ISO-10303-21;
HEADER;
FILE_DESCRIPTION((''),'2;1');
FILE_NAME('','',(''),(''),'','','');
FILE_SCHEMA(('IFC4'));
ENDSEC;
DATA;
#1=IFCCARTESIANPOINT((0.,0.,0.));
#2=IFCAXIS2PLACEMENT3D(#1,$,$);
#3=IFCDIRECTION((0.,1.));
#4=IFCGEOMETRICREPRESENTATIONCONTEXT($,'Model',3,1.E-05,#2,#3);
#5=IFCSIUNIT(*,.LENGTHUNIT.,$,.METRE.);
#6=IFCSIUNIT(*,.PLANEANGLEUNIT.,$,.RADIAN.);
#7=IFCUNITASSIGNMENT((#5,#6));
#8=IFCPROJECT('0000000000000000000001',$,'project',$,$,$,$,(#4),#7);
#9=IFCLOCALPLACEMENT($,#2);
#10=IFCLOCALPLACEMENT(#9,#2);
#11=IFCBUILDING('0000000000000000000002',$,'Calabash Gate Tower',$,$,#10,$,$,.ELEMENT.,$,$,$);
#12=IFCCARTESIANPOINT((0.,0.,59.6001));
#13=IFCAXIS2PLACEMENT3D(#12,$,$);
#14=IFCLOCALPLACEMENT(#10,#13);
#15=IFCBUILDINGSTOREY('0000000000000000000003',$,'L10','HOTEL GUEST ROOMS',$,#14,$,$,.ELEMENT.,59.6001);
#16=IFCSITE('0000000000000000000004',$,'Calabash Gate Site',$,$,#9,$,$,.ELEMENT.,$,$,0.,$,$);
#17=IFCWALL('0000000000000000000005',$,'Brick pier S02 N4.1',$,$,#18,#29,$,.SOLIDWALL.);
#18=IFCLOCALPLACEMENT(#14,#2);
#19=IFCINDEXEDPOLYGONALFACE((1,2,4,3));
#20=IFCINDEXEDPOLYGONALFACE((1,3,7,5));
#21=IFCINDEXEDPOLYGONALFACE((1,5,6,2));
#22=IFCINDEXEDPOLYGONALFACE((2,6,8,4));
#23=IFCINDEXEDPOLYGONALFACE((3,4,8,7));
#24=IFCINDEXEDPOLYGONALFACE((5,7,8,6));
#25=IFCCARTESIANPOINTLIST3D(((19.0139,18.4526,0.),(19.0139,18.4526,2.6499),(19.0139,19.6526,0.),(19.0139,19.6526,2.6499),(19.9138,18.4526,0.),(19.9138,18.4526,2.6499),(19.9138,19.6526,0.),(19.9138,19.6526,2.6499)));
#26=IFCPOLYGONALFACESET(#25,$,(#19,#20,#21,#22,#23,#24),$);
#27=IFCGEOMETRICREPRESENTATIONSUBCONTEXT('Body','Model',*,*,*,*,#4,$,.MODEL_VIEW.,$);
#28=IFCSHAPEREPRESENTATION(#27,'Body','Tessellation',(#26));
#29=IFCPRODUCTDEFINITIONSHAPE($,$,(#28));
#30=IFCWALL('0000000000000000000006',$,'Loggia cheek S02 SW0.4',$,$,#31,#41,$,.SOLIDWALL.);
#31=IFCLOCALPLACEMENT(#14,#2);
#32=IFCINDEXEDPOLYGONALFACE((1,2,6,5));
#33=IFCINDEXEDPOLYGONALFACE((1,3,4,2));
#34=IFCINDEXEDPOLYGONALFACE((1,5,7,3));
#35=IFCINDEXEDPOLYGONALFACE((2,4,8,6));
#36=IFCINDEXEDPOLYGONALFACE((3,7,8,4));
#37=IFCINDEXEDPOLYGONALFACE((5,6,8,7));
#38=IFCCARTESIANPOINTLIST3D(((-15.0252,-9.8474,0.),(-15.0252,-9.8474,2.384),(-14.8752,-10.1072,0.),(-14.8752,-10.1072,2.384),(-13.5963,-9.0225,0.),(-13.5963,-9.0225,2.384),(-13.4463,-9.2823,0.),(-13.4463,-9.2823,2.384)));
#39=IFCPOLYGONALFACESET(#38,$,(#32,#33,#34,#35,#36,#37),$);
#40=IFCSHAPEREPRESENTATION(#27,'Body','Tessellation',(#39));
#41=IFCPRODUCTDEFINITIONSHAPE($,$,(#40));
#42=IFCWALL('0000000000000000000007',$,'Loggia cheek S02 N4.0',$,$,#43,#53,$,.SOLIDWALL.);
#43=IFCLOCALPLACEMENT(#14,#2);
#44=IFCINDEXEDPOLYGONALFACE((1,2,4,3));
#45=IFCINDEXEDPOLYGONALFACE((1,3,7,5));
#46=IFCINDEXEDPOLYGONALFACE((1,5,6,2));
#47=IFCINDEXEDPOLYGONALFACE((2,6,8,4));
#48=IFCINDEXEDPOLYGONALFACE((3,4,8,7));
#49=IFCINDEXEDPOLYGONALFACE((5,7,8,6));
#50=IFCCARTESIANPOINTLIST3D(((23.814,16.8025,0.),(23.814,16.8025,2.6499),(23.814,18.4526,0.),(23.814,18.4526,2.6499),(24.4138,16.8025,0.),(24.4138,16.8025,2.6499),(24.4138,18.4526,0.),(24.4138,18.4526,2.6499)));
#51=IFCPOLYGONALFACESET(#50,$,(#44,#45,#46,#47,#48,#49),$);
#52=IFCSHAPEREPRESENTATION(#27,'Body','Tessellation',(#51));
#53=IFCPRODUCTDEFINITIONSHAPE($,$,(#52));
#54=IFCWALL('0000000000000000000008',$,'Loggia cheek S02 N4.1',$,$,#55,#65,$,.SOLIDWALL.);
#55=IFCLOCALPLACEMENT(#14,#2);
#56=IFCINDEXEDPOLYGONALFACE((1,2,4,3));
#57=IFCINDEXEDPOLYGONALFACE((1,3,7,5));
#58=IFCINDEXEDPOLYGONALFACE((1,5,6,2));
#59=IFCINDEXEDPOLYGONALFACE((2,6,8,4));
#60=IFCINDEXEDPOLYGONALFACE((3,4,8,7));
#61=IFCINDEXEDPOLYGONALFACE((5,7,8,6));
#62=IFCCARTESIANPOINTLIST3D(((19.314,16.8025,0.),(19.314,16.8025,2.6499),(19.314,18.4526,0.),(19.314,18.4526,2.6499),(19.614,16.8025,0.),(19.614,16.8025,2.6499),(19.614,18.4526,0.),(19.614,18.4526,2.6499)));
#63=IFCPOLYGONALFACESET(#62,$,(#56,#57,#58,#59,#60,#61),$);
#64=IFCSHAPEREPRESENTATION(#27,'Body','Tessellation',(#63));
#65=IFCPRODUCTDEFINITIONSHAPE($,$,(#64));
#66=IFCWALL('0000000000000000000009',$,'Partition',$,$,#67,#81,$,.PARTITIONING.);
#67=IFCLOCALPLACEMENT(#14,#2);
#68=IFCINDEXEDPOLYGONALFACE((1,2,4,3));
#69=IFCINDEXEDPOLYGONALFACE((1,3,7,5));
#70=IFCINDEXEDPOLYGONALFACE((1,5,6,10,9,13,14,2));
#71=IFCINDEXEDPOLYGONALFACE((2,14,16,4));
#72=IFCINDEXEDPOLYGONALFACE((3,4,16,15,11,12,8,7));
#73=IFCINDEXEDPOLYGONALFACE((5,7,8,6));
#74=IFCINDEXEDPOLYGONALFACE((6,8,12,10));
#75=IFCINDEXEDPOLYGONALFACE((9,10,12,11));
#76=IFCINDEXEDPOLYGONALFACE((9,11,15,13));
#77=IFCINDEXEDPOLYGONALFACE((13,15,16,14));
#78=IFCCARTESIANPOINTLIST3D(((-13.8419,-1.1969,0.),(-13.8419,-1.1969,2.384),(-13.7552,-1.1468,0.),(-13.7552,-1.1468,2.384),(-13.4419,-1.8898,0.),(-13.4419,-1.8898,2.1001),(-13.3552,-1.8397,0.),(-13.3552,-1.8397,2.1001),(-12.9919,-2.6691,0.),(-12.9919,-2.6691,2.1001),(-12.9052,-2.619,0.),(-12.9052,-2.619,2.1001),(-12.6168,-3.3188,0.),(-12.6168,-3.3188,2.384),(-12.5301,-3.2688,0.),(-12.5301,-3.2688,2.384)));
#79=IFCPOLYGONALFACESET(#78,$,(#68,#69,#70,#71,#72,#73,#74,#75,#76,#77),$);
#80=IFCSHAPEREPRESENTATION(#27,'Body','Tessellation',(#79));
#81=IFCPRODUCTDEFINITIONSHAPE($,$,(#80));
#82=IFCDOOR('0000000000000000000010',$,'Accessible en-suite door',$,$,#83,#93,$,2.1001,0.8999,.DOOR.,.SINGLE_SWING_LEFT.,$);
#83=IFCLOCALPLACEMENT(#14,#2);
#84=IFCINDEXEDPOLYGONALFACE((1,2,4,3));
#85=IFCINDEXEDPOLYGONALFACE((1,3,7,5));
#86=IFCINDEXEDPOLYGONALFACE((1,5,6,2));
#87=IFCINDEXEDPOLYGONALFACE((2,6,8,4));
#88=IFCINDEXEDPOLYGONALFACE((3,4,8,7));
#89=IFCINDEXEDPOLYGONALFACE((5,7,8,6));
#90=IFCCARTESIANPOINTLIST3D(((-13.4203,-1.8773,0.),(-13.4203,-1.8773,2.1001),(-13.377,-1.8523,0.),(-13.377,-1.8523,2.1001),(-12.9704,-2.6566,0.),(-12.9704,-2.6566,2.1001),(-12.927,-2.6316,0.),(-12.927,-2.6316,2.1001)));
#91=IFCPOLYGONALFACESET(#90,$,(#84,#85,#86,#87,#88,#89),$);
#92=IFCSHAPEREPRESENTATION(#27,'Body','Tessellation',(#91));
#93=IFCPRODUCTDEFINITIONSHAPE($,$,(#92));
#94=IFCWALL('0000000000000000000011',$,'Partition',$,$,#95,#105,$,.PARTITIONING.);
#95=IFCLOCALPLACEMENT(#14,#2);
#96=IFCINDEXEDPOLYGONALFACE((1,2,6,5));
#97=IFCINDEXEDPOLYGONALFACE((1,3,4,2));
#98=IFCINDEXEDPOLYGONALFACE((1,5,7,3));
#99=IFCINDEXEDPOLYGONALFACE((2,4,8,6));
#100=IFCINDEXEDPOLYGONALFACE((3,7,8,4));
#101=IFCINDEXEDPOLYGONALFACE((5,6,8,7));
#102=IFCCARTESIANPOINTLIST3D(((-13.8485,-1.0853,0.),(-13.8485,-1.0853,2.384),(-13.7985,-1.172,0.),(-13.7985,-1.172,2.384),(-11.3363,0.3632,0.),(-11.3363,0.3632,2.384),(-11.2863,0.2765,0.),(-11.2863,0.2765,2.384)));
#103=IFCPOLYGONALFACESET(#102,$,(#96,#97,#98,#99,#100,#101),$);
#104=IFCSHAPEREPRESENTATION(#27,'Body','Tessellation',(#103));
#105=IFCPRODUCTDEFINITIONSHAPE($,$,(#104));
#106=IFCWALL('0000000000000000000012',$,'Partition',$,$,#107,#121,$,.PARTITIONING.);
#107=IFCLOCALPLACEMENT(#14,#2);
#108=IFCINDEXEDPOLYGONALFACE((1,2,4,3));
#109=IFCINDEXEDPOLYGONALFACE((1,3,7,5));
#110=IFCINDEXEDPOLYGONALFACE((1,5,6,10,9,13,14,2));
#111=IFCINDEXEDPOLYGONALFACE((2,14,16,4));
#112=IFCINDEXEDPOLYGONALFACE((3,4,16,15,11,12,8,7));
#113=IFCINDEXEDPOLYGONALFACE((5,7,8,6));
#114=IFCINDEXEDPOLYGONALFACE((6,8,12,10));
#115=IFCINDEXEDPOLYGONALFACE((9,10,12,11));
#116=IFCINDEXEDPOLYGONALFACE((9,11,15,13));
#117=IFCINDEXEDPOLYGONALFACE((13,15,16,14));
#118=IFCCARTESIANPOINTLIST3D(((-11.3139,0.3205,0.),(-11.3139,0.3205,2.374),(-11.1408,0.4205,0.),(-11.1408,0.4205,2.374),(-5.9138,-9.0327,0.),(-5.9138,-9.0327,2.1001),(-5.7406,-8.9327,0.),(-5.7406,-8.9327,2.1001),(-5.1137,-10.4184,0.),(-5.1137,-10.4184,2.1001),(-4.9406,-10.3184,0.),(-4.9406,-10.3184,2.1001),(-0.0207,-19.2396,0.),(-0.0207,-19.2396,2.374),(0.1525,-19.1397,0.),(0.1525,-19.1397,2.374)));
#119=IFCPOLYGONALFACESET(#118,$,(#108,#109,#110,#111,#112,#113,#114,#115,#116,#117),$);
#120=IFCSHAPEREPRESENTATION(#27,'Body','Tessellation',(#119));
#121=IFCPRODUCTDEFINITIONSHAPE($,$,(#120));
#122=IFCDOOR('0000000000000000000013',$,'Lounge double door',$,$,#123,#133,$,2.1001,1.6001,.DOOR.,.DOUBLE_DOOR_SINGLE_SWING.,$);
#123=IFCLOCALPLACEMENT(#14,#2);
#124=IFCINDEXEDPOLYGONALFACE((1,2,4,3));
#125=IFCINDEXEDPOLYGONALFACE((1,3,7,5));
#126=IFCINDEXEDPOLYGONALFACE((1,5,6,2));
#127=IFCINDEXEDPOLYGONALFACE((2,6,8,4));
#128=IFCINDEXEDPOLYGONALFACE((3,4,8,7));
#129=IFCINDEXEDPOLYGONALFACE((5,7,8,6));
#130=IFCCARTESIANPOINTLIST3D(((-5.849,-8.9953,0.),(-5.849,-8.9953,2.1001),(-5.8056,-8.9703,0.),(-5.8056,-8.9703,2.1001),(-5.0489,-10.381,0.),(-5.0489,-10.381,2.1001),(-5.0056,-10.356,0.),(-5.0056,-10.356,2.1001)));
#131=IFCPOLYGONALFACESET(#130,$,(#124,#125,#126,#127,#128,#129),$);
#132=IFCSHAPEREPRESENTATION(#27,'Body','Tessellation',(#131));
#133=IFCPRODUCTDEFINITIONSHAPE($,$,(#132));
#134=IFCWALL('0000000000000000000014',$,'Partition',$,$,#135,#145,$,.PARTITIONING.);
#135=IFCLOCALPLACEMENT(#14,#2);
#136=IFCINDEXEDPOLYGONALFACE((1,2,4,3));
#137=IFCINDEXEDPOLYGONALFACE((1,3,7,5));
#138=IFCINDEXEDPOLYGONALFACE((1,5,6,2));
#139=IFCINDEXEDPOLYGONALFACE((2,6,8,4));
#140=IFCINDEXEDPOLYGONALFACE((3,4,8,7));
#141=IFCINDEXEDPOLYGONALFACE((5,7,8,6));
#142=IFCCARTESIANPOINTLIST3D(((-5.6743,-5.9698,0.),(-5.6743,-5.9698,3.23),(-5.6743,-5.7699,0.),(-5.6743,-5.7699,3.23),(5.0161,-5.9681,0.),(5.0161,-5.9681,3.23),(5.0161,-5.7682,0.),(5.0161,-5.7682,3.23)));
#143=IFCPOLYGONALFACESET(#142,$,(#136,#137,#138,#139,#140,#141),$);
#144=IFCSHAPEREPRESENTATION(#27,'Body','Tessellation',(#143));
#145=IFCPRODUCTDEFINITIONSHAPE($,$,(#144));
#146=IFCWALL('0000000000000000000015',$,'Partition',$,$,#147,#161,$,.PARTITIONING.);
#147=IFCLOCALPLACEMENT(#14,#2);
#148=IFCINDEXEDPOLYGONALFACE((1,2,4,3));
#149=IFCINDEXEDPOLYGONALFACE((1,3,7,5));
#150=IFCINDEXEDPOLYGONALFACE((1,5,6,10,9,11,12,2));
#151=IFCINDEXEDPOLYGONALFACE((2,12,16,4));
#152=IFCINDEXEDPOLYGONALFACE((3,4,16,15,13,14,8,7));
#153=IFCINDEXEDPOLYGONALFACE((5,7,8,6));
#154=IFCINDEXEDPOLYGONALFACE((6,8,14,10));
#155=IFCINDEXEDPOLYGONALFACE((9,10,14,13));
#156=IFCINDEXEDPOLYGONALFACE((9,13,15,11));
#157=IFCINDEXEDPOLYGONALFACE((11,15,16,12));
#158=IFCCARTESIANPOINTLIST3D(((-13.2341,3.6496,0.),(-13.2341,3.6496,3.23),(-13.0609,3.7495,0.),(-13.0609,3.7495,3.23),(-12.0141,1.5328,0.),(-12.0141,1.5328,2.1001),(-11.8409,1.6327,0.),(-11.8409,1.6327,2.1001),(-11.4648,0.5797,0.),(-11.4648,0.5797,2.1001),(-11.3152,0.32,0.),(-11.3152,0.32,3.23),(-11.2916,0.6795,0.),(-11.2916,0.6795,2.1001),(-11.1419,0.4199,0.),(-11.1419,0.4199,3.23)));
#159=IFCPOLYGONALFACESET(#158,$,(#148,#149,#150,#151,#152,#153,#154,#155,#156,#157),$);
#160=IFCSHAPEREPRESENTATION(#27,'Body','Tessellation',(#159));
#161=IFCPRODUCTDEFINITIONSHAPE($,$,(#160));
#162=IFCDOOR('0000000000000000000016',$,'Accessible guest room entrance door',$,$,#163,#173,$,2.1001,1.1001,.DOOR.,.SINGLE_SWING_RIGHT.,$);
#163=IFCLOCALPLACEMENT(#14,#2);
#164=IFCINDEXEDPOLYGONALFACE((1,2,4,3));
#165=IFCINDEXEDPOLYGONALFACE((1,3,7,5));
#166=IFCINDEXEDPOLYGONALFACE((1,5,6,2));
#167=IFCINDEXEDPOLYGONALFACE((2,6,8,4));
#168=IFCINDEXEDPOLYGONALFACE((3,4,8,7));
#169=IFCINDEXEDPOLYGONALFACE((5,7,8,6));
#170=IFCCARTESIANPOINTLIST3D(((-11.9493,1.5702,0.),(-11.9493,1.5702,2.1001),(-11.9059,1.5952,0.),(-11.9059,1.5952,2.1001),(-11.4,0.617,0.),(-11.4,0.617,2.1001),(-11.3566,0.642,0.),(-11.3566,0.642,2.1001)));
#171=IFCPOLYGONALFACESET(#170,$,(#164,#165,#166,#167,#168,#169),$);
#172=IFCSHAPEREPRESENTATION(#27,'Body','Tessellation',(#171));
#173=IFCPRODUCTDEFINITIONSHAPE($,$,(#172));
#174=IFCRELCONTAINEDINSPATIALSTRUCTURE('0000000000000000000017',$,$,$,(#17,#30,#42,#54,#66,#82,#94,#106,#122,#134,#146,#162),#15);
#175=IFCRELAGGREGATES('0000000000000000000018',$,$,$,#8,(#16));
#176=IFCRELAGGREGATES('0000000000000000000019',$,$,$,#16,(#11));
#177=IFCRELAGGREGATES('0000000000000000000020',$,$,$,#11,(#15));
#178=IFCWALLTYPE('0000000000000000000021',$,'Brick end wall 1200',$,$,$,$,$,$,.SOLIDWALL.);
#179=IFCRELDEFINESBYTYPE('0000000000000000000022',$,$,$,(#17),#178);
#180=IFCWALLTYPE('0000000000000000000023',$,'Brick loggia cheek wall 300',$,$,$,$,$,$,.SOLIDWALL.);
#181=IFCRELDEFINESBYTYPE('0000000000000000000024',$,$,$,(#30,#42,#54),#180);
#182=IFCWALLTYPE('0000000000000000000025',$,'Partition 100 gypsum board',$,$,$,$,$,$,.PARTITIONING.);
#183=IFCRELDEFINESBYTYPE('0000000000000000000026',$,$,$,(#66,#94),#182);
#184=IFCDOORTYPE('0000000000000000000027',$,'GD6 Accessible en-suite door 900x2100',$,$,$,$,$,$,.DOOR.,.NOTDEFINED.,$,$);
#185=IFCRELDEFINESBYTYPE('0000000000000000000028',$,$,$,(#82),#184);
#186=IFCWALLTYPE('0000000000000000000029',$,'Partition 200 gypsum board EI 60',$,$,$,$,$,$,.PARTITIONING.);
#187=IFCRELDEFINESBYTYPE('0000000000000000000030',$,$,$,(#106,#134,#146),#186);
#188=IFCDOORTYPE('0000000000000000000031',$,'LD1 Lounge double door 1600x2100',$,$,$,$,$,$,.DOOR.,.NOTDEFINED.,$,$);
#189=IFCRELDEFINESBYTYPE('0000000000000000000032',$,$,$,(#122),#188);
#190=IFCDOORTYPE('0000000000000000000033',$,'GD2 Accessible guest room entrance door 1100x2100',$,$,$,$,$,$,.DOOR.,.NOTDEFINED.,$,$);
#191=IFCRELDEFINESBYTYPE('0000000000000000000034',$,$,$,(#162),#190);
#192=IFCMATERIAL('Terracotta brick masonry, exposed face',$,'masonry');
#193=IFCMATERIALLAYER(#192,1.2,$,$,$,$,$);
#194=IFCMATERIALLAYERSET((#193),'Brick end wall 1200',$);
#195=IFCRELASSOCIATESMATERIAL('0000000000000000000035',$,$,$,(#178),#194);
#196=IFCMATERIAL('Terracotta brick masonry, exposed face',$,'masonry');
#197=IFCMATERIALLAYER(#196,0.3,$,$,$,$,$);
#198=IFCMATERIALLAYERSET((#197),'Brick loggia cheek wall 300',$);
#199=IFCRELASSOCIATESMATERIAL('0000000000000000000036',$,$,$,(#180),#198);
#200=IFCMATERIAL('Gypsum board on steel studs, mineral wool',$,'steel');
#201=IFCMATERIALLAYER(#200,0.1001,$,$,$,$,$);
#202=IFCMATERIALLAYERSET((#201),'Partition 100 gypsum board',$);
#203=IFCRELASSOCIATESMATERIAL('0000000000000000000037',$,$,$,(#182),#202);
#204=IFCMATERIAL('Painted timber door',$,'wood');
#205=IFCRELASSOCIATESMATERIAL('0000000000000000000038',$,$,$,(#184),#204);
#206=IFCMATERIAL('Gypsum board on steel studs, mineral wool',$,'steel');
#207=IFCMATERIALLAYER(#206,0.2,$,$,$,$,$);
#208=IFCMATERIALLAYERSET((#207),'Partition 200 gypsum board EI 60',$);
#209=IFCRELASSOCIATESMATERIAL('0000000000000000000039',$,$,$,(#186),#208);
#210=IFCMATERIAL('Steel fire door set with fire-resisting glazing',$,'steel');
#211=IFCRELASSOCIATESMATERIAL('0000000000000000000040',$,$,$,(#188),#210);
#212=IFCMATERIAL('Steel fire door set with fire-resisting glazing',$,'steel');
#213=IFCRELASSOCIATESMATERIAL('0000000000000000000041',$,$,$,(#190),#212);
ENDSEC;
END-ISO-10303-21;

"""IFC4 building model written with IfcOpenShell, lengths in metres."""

from ifc_helpers import new_model, si_unit, direction, frame, frame_2d, origin, place, context, subcontext, project, spatial, polyline, rectangle, outline, extrude, material, layer, layer_set, type_object, element, fill, save


model = new_model("IFC4")

# Units and contexts
model_context = context("Model", 3, precision=1e-05, world=origin(), true_north=direction((0.0, 1.0)))
body_context = subcontext(model_context, "Body", "Model", "MODEL_VIEW")
ifc_project = project(units=[si_unit("LENGTHUNIT", "METRE"), si_unit("PLANEANGLEUNIT", "RADIAN")], contexts=[model_context])

# Site, building, storey
site_placement = place(None, origin())
site = spatial("IfcSite", under=ifc_project, at=site_placement, Name="Calabash Gate Site", CompositionType="ELEMENT", RefElevation=0.0)
building_placement = place(site_placement, origin())
building = spatial("IfcBuilding", under=site, at=building_placement, Name="Calabash Gate Tower", CompositionType="ELEMENT")
storey_placement = place(building_placement, frame((0.0, 0.0, 59.6001)))
storey = spatial("IfcBuildingStorey", under=building, at=storey_placement, Name="L10", Description="HOTEL GUEST ROOMS", CompositionType="ELEMENT", Elevation=59.6001)

# Walls
ifc_material_1 = material(Name="Terracotta brick masonry, exposed face", Category="masonry")
ifc_layer_1 = layer(ifc_material_1, 1.2)
ifc_layer_set_1 = layer_set([ifc_layer_1], Name="Brick end wall 1200")
wall_type_1 = type_object("IfcWallType", Name="Brick end wall 1200", PredefinedType="SOLIDWALL", material=ifc_layer_set_1)
wall_1_placement = place(storey_placement, origin())
element("IfcWall", 1, at=wall_1_placement, inside=storey, type_object=wall_type_1, Name="Brick pier S02 N4.1", PredefinedType="SOLIDWALL", context=body_context, shape_type="SweptSolid", body=[
    extrude(outline(polyline([(19.9138, 19.6526), (19.0139, 19.6526), (19.0139, 18.4526), (19.9138, 18.4526), (19.9138, 19.6526)])), origin(), (0.0, 0.0, 1.0), 2.6499),
])
ifc_material_2 = material(Name="Terracotta brick masonry, exposed face", Category="masonry")
ifc_layer_2 = layer(ifc_material_2, 0.3)
ifc_layer_set_2 = layer_set([ifc_layer_2], Name="Brick loggia cheek wall 300")
wall_type_2 = type_object("IfcWallType", Name="Brick loggia cheek wall 300", PredefinedType="SOLIDWALL", material=ifc_layer_set_2)
wall_2_placement = place(storey_placement, frame((-14.9502, -9.9773, 0.0), z_axis=(0.0, 0.0, 1.0), x_axis=(0.86604, 0.499974, 0.0)))
element("IfcWall", 2, at=wall_2_placement, inside=storey, type_object=wall_type_2, Name="Loggia cheek S02 SW0.4", PredefinedType="SOLIDWALL", context=body_context, shape_type="SweptSolid", body=[
    extrude(rectangle(XDim=1.6499, YDim=0.3, at=frame_2d((0.825, 0.0))), origin(), (0.0, 0.0, 1.0), 2.384),
])
wall_3_placement = place(storey_placement, origin())
element("IfcWall", 3, at=wall_3_placement, inside=storey, type_object=wall_type_2, Name="Loggia cheek S02 N4.0", PredefinedType="SOLIDWALL", context=body_context, shape_type="SweptSolid", body=[
    extrude(outline(polyline([(24.4138, 16.8025), (24.4138, 18.4526), (23.814, 18.4526), (23.814, 16.8025), (24.4138, 16.8025)])), origin(), (0.0, 0.0, 1.0), 2.6499),
])
wall_4_placement = place(storey_placement, origin())
element("IfcWall", 4, at=wall_4_placement, inside=storey, type_object=wall_type_2, Name="Loggia cheek S02 N4.1", PredefinedType="SOLIDWALL", context=body_context, shape_type="SweptSolid", body=[
    extrude(outline(polyline([(19.314, 18.4526), (19.314, 16.8025), (19.614, 16.8025), (19.614, 18.4526), (19.314, 18.4526)])), origin(), (0.0, 0.0, 1.0), 2.6499),
])

# Wall, opening, door
ifc_material_3 = material(Name="Gypsum board on steel studs, mineral wool", Category="steel")
ifc_layer_3 = layer(ifc_material_3, 0.1001)
ifc_layer_set_3 = layer_set([ifc_layer_3], Name="Partition 100 gypsum board")
wall_type_3 = type_object("IfcWallType", Name="Partition 100 gypsum board", PredefinedType="PARTITIONING", material=ifc_layer_set_3)
wall_5_placement = place(storey_placement, frame((-13.7986, -1.1719, 0.0), z_axis=(0.0, 0.0, 1.0), x_axis=(0.500019, -0.866015, 0.0)))
wall_5 = element("IfcWall", 5, at=wall_5_placement, inside=storey, type_object=wall_type_3, Name="Partition", PredefinedType="PARTITIONING", context=body_context, shape_type="SweptSolid", body=[
    extrude(rectangle(XDim=2.4502, YDim=0.1001, at=frame_2d((1.2251, 0.0))), origin(), (0.0, 0.0, 1.0), 2.384),
])
opening_1_placement = place(wall_5_placement, frame((0.8, 0.0, 0.0)))
opening_1 = element("IfcOpeningElement", 6, at=opening_1_placement, cuts=wall_5, PredefinedType="OPENING", context=body_context, shape_type="SweptSolid", body=[
    extrude(rectangle(XDim=0.8999, YDim=2.1001, at=frame_2d((0.45, 1.05))), frame((0.0, 0.0601, 0.0), z_axis=(0.0, -1.0, 0.0), x_axis=(1.0, 0.0, 0.0)), (0.0, 0.0, 1.0), 0.1201),
])
ifc_material_4 = material(Name="Painted timber door", Category="wood")
door_type_1 = type_object("IfcDoorType", Name="GD6 Accessible en-suite door 900x2100", OperationType="NOTDEFINED", PredefinedType="DOOR", material=ifc_material_4)
door_1_placement = place(opening_1_placement, origin())
door_1 = element("IfcDoor", 7, at=door_1_placement, inside=storey, type_object=door_type_1, Name="Accessible en-suite door", OperationType="SINGLE_SWING_LEFT", OverallHeight=2.1001, OverallWidth=0.8999, PredefinedType="DOOR", context=body_context, shape_type="SweptSolid", body=[
    extrude(rectangle(XDim=0.8999, YDim=2.1001, at=frame_2d((0.45, 1.05))), frame((0.0, 0.0249, 0.0), z_axis=(0.0, -1.0, 0.0), x_axis=(1.0, 0.0, 0.0)), (0.0, 0.0, 1.0), 0.05),
])
fill(opening_1, door_1)

# Wall
wall_6_placement = place(storey_placement, frame((-13.8235, -1.1287, 0.0), z_axis=(0.0, 0.0, 1.0), x_axis=(0.866315, 0.499499, 0.0)))
element("IfcWall", 8, at=wall_6_placement, inside=storey, type_object=wall_type_3, Name="Partition", PredefinedType="PARTITIONING", context=body_context, shape_type="SweptSolid", body=[
    extrude(rectangle(XDim=2.8999, YDim=0.1001, at=frame_2d((1.45, 0.0))), origin(), (0.0, 0.0, 1.0), 2.384),
])

# Wall, opening, door
ifc_material_5 = material(Name="Gypsum board on steel studs, mineral wool", Category="steel")
ifc_layer_4 = layer(ifc_material_5, 0.2)
ifc_layer_set_4 = layer_set([ifc_layer_4], Name="Partition 200 gypsum board EI 60")
wall_type_4 = type_object("IfcWallType", Name="Partition 200 gypsum board EI 60", PredefinedType="PARTITIONING", material=ifc_layer_set_4)
wall_7_placement = place(storey_placement, frame((-11.2273, 0.3704, 0.0), z_axis=(0.0, 0.0, 1.0), x_axis=(0.500007, -0.866021, 0.0)))
wall_7 = element("IfcWall", 9, at=wall_7_placement, inside=storey, type_object=wall_type_4, Name="Partition", PredefinedType="PARTITIONING", context=body_context, shape_type="SweptSolid", body=[
    extrude(rectangle(XDim=22.5862, YDim=0.2, at=frame_2d((11.293, 0.0))), origin(), (0.0, 0.0, 1.0), 2.374),
])
opening_2_placement = place(wall_7_placement, frame((10.8, 0.0, 0.0)))
opening_2 = element("IfcOpeningElement", 10, at=opening_2_placement, cuts=wall_7, PredefinedType="OPENING", context=body_context, shape_type="SweptSolid", body=[
    extrude(rectangle(XDim=1.6001, YDim=2.1001, at=frame_2d((0.8, 1.05))), frame((0.0, 0.1099, 0.0), z_axis=(0.0, -1.0, 0.0), x_axis=(1.0, 0.0, 0.0)), (0.0, 0.0, 1.0), 0.22),
])
ifc_material_6 = material(Name="Steel fire door set with fire-resisting glazing", Category="steel")
door_type_2 = type_object("IfcDoorType", Name="LD1 Lounge double door 1600x2100", OperationType="NOTDEFINED", PredefinedType="DOOR", material=ifc_material_6)
door_2_placement = place(opening_2_placement, origin())
door_2 = element("IfcDoor", 11, at=door_2_placement, inside=storey, type_object=door_type_2, Name="Lounge double door", OperationType="DOUBLE_DOOR_SINGLE_SWING", OverallHeight=2.1001, OverallWidth=1.6001, PredefinedType="DOOR", context=body_context, shape_type="SweptSolid", body=[
    extrude(rectangle(XDim=1.6001, YDim=2.1001, at=frame_2d((0.8, 1.05))), frame((0.0, 0.0249, 0.0), z_axis=(0.0, -1.0, 0.0), x_axis=(1.0, 0.0, 0.0)), (0.0, 0.0, 1.0), 0.05),
])
fill(opening_2, door_2)

# Wall
wall_8_placement = place(storey_placement, frame((-5.6743, -5.8699, 0.0), z_axis=(0.0, 0.0, 1.0), x_axis=(1.0, 0.00016, 0.0)))
element("IfcWall", 12, at=wall_8_placement, inside=storey, type_object=wall_type_4, Name="Partition", PredefinedType="PARTITIONING", context=body_context, shape_type="SweptSolid", body=[
    extrude(rectangle(XDim=10.6904, YDim=0.2, at=frame_2d((5.3452, 0.0))), origin(), (0.0, 0.0, 1.0), 3.23),
])

# Wall, opening, door
wall_9_placement = place(storey_placement, frame((-13.1475, 3.6995, 0.0), z_axis=(0.0, 0.0, 1.0), x_axis=(0.499337, -0.866408, 0.0)))
wall_9 = element("IfcWall", 13, at=wall_9_placement, inside=storey, type_object=wall_type_4, Name="Partition", PredefinedType="PARTITIONING", context=body_context, shape_type="SweptSolid", body=[
    extrude(rectangle(XDim=3.843, YDim=0.2, at=frame_2d((1.9214, 0.0))), origin(), (0.0, 0.0, 1.0), 3.23),
])
opening_3_placement = place(wall_9_placement, frame((2.4431, 0.0, 0.0)))
opening_3 = element("IfcOpeningElement", 14, at=opening_3_placement, cuts=wall_9, PredefinedType="OPENING", context=body_context, shape_type="SweptSolid", body=[
    extrude(rectangle(XDim=1.1001, YDim=2.1001, at=frame_2d((0.55, 1.05))), frame((0.0, 0.1099, 0.0), z_axis=(0.0, -1.0, 0.0), x_axis=(1.0, 0.0, 0.0)), (0.0, 0.0, 1.0), 0.22),
])
ifc_material_7 = material(Name="Steel fire door set with fire-resisting glazing", Category="steel")
door_type_3 = type_object("IfcDoorType", Name="GD2 Accessible guest room entrance door 1100x2100", OperationType="NOTDEFINED", PredefinedType="DOOR", material=ifc_material_7)
door_3_placement = place(opening_3_placement, origin())
door_3 = element("IfcDoor", 15, at=door_3_placement, inside=storey, type_object=door_type_3, Name="Accessible guest room entrance door", OperationType="SINGLE_SWING_RIGHT", OverallHeight=2.1001, OverallWidth=1.1001, PredefinedType="DOOR", context=body_context, shape_type="SweptSolid", body=[
    extrude(rectangle(XDim=1.1001, YDim=2.1001, at=frame_2d((0.55, 1.05))), frame((0.0, 0.0249, 0.0), z_axis=(0.0, -1.0, 0.0), x_axis=(1.0, 0.0, 0.0)), (0.0, 0.0, 1.0), 0.05),
])
fill(opening_3, door_3)

save(model, "model.ifc")
